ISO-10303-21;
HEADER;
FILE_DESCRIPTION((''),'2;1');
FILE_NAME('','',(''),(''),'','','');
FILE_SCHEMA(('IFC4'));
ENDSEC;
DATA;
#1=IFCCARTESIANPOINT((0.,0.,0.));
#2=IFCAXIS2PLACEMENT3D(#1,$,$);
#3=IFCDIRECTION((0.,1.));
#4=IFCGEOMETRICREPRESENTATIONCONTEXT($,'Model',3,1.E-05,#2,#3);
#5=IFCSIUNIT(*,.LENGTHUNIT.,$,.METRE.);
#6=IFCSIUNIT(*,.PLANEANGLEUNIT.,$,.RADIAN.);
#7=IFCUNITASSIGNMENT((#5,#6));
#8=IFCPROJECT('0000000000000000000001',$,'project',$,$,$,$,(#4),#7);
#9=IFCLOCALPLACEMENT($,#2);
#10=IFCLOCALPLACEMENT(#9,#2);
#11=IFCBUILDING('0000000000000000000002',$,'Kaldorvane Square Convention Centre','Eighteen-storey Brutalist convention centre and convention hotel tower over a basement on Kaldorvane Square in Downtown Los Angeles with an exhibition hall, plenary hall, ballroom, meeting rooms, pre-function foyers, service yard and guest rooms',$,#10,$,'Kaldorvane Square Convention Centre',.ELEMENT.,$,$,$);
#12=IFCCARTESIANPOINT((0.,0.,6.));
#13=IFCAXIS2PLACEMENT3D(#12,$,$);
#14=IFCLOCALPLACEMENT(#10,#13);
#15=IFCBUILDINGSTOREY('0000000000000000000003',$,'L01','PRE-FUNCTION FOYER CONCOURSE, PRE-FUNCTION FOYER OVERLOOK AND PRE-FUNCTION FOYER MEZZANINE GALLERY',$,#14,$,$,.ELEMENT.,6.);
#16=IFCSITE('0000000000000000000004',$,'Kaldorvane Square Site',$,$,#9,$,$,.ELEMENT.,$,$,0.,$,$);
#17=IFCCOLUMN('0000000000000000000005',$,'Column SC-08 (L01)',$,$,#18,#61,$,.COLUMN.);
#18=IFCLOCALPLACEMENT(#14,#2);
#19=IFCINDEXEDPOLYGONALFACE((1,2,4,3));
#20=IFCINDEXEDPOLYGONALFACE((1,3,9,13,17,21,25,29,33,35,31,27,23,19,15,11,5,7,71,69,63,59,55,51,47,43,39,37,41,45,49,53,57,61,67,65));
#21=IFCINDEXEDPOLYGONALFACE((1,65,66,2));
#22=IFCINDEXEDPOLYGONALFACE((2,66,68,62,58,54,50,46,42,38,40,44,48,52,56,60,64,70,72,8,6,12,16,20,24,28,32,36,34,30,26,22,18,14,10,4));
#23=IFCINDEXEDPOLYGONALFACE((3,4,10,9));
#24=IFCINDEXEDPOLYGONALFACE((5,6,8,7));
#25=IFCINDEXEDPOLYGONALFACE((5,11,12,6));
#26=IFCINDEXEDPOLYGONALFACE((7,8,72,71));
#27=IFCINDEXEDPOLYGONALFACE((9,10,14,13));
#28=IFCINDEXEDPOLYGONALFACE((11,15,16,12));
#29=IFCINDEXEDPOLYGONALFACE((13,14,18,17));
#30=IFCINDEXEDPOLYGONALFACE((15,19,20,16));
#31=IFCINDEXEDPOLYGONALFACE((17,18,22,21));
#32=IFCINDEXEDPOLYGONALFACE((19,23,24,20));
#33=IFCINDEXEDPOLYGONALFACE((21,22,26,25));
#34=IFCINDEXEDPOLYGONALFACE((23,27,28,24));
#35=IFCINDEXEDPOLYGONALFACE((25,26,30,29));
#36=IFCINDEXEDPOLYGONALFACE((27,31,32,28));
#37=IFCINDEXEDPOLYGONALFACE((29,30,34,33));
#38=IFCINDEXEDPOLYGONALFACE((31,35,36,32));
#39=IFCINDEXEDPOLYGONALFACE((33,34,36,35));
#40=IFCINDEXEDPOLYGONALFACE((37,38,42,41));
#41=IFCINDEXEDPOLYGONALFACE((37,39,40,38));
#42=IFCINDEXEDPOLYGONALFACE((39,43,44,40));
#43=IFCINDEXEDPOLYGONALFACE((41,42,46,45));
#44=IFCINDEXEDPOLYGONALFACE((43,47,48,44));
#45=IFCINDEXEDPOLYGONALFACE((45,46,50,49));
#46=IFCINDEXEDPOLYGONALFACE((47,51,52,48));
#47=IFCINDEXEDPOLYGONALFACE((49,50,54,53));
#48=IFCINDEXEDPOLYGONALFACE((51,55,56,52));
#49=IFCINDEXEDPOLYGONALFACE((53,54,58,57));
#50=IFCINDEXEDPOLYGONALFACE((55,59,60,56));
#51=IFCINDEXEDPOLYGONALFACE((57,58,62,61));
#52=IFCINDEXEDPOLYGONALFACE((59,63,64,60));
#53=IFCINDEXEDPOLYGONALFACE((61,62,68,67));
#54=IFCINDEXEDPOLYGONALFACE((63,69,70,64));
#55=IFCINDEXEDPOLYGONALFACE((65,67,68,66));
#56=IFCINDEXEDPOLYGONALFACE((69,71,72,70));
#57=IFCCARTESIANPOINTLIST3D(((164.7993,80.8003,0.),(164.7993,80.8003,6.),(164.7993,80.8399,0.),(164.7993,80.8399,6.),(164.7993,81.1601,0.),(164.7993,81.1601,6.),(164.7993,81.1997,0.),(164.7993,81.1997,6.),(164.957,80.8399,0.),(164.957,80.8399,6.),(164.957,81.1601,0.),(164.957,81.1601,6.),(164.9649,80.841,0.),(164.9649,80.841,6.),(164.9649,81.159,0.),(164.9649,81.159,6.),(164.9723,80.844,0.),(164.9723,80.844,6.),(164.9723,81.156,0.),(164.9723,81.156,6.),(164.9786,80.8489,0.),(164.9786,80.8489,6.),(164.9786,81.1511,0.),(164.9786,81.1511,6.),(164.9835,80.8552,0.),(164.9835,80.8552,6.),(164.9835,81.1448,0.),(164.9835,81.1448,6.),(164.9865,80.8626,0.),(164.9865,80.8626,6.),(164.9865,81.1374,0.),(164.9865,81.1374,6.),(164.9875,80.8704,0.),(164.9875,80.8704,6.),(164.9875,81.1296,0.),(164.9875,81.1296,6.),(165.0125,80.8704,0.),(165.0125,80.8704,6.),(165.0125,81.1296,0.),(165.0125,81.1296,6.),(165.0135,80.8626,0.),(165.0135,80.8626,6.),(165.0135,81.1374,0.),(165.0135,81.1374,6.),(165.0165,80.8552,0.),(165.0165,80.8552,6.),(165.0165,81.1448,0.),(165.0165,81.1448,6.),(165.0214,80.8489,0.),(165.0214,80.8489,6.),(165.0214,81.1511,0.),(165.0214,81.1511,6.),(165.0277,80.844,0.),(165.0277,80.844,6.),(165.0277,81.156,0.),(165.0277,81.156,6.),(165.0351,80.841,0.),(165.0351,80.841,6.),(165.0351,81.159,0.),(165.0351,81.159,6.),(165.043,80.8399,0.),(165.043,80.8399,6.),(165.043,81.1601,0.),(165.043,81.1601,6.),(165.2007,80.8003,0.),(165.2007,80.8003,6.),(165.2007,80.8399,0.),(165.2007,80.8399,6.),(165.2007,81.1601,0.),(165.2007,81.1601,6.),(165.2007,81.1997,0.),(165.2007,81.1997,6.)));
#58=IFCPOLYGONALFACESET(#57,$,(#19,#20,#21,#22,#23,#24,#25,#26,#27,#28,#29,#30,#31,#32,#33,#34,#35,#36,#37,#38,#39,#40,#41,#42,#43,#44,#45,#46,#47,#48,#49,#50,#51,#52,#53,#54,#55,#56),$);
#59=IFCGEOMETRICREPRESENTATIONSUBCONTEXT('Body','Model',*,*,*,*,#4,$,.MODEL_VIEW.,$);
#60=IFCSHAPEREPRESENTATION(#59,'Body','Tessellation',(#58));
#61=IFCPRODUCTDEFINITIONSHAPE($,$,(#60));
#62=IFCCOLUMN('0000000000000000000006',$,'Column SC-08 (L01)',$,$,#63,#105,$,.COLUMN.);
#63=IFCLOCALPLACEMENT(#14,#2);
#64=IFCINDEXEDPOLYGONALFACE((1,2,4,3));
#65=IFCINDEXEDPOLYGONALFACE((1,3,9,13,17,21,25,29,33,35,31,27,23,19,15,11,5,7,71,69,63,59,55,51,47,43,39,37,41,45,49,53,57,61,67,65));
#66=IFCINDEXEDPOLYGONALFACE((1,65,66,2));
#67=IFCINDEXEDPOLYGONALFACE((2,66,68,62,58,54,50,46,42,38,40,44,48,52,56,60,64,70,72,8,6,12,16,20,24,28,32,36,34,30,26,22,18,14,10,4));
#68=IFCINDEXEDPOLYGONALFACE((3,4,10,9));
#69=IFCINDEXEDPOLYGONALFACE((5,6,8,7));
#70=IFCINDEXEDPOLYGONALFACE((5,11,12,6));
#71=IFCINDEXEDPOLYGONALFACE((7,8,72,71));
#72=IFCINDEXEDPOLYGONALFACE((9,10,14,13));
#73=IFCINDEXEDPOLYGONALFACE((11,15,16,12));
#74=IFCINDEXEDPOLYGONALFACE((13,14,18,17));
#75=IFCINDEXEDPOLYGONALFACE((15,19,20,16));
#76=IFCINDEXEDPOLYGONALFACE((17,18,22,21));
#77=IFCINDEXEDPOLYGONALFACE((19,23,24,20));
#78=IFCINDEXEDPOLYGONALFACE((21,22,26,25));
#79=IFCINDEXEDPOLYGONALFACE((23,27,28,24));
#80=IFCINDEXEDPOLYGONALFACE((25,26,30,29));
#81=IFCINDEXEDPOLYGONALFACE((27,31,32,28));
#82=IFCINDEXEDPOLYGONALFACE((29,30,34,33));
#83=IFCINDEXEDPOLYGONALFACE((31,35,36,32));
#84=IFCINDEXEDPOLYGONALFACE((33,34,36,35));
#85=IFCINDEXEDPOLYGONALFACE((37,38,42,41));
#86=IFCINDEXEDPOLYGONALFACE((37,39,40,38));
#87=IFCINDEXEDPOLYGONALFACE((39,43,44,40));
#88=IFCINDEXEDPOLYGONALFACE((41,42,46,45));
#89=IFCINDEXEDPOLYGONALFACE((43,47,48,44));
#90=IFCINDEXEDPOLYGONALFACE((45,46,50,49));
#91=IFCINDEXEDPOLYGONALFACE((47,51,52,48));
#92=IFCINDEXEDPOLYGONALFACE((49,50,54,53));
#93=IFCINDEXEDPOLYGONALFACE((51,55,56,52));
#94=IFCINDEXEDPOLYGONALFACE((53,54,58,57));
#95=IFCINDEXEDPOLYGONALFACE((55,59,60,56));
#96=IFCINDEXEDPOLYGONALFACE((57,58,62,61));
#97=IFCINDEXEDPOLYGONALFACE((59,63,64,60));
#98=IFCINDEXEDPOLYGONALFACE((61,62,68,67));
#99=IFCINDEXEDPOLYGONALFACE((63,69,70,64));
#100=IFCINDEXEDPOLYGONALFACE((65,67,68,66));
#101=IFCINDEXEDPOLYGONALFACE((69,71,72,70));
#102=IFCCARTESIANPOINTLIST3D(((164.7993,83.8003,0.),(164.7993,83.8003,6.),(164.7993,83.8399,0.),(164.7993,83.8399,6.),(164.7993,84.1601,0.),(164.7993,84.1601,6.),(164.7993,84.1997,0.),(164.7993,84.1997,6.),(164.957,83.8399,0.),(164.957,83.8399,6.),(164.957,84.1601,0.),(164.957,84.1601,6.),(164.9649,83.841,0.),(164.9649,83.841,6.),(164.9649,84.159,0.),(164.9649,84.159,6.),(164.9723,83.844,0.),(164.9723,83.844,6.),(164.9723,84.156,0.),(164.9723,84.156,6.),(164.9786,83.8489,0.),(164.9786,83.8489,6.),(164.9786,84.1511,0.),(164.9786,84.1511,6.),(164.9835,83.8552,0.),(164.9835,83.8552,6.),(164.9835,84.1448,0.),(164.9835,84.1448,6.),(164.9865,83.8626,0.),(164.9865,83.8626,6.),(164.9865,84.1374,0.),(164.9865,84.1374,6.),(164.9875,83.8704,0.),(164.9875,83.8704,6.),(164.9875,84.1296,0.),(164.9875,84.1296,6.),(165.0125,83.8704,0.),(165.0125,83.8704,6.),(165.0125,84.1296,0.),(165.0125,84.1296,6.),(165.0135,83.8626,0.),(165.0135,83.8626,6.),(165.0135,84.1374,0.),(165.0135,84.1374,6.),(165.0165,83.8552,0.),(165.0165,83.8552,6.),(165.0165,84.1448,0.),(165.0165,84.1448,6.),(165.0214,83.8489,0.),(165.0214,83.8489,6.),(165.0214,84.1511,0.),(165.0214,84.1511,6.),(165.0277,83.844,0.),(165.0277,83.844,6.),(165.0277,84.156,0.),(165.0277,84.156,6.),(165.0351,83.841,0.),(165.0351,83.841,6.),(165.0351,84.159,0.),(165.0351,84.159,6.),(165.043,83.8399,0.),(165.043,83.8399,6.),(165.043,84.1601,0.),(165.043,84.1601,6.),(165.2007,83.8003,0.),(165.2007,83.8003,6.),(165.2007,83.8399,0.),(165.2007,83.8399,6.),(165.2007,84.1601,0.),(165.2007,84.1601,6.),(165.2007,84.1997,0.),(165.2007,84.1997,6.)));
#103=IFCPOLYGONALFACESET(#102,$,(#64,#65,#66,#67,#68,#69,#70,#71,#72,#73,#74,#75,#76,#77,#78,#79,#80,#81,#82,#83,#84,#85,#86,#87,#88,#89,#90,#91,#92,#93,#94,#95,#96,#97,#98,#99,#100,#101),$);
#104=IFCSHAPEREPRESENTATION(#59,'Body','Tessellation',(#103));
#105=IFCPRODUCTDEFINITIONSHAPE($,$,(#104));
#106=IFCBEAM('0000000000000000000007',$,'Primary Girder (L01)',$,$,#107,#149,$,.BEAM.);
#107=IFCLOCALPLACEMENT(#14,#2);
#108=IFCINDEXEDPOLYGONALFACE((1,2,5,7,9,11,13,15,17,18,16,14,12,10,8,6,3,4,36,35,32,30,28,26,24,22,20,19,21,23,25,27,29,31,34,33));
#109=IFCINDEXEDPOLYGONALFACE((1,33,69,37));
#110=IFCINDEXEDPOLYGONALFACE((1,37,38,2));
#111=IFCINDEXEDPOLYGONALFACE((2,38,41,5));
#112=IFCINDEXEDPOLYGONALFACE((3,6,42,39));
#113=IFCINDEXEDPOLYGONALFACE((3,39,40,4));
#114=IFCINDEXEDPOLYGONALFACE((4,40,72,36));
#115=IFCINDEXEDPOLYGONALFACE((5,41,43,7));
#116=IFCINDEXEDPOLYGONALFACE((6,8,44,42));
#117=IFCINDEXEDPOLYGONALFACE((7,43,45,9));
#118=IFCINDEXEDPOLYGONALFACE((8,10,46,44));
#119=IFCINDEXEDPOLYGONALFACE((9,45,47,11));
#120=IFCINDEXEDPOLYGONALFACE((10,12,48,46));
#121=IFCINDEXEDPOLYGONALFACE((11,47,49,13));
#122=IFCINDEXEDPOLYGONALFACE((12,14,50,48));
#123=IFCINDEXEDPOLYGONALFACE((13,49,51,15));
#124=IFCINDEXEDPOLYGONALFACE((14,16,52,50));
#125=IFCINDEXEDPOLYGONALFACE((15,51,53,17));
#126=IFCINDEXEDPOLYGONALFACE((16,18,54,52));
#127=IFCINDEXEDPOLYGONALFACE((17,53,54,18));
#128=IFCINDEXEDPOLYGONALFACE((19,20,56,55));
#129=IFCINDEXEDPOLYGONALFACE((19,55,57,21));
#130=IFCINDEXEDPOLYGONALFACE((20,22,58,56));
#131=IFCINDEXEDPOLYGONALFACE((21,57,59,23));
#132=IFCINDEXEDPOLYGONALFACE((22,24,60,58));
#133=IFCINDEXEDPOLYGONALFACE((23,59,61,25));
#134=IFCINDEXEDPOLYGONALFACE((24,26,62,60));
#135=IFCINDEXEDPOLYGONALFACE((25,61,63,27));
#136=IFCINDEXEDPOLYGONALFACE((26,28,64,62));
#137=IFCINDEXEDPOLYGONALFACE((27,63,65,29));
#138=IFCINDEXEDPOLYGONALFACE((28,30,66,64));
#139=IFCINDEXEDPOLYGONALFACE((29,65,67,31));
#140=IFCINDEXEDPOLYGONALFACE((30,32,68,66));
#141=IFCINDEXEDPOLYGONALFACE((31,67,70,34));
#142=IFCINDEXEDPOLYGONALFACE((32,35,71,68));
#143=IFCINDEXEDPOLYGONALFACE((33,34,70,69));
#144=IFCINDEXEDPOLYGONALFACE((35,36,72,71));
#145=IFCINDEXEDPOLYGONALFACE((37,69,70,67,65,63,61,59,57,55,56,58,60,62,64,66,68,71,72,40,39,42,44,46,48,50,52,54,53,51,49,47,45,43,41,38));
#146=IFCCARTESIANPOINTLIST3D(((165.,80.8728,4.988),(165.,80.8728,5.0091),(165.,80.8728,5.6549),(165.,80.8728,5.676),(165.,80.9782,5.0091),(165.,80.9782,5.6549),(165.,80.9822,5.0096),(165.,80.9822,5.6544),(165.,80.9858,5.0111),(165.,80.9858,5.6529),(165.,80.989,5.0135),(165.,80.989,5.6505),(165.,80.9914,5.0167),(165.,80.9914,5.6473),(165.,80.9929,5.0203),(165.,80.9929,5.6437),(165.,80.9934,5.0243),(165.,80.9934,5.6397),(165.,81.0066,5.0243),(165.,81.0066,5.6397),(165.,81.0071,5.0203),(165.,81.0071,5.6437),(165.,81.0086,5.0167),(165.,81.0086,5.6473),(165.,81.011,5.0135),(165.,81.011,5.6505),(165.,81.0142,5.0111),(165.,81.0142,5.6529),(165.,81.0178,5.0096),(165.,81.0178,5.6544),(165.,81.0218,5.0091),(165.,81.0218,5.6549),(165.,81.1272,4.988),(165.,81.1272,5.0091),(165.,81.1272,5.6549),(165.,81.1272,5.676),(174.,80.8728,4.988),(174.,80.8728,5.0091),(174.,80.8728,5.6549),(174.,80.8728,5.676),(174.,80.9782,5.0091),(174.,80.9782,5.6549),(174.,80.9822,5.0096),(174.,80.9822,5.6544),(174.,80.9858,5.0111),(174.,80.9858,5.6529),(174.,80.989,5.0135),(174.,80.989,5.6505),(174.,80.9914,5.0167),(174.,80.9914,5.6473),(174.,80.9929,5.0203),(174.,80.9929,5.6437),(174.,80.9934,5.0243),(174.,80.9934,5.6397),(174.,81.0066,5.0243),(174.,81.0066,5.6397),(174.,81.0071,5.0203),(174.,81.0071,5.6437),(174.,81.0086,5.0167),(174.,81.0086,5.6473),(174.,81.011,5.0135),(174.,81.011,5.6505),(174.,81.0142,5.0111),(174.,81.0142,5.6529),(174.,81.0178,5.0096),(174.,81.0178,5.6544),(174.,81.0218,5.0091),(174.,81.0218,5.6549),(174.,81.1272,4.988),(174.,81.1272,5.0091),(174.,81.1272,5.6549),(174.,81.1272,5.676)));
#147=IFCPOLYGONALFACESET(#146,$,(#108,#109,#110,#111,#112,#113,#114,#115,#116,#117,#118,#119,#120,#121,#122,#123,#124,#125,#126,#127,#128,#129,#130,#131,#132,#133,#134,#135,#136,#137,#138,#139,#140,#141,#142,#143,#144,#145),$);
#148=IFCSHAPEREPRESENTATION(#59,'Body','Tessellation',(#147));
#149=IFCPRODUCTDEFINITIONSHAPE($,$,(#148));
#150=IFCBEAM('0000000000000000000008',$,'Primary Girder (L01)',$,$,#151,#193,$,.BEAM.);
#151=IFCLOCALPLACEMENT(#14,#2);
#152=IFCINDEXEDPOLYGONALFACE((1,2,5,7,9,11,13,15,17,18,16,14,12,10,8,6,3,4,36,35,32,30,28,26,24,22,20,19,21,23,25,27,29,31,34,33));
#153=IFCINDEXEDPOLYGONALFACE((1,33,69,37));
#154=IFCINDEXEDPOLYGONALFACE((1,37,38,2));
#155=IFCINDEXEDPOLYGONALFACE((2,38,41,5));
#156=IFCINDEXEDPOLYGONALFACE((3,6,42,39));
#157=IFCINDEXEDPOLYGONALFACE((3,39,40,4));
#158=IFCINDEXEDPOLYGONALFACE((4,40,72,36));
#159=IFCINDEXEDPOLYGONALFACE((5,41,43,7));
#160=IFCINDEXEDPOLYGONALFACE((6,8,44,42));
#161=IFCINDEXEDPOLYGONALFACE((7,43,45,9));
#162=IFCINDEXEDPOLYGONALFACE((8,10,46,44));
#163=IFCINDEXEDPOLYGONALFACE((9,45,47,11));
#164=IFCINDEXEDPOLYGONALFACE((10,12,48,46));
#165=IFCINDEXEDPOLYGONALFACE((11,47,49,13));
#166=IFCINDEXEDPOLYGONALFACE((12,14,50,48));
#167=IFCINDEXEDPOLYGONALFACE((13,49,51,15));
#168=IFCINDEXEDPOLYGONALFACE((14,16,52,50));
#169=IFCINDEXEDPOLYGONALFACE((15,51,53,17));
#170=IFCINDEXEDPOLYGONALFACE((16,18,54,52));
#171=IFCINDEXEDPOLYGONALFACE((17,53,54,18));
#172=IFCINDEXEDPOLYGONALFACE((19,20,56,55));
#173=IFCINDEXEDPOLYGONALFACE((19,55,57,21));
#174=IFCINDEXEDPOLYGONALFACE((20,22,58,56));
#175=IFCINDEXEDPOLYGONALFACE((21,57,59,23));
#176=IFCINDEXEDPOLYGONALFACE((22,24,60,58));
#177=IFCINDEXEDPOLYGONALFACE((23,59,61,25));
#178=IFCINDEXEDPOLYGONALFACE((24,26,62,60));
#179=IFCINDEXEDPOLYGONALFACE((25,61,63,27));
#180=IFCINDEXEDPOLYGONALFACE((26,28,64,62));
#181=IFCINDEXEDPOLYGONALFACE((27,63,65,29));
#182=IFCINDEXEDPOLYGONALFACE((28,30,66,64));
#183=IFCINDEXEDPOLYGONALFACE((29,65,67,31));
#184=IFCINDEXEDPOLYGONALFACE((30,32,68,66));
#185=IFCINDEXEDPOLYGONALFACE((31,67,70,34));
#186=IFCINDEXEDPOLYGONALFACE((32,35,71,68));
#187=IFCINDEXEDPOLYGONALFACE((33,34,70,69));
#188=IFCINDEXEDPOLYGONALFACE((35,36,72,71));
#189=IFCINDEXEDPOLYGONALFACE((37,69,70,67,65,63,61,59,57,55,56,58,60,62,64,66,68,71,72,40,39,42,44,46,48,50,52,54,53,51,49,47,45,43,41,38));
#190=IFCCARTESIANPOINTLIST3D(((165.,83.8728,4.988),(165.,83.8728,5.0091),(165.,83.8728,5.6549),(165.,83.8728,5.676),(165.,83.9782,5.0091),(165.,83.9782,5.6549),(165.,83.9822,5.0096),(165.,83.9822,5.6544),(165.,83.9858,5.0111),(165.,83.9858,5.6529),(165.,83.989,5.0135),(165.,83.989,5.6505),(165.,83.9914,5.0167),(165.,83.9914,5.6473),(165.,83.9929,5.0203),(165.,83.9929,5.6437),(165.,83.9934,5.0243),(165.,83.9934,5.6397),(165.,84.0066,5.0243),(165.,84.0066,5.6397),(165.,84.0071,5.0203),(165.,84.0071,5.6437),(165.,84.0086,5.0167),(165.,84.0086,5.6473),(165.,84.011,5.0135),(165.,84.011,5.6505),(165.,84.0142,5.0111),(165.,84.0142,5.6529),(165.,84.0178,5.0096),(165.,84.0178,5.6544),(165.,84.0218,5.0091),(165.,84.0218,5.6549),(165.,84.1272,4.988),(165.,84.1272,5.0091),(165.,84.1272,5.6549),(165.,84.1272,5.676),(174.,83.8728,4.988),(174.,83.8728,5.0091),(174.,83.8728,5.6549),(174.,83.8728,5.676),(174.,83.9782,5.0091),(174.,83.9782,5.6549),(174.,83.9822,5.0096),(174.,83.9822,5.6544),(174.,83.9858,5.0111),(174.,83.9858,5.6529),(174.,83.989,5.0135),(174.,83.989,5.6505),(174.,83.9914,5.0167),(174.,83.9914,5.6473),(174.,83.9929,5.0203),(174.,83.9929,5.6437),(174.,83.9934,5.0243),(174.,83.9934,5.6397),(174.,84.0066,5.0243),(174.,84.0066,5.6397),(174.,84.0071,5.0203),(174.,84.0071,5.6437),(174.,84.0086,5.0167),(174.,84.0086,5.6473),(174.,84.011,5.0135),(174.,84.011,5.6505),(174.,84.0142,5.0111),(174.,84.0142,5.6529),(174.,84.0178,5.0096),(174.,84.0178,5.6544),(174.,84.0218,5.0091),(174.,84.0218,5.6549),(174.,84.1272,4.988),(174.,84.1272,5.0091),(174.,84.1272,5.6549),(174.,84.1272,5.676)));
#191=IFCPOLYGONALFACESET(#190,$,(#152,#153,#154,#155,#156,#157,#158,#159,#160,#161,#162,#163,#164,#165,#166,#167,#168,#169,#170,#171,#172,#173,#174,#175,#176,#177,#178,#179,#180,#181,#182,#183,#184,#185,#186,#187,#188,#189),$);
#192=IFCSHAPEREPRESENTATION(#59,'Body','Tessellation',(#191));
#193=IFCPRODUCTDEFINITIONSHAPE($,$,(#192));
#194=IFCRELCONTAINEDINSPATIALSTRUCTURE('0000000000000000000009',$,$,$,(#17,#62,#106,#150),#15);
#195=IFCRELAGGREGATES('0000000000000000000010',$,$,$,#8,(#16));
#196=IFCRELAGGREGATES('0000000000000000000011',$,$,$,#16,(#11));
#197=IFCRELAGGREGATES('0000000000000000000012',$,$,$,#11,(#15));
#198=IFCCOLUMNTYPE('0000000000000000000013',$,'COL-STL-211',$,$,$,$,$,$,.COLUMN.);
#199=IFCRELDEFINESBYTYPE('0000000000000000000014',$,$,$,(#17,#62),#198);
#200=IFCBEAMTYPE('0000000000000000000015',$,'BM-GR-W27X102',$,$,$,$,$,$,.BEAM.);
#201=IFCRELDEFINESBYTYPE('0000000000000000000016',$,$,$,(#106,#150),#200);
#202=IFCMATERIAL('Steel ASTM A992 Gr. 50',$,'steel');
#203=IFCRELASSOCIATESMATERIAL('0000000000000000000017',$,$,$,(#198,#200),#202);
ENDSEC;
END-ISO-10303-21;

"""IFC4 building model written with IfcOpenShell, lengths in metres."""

from ifc_helpers import new_model, si_unit, direction, frame, origin, origin_2d, place, context, subcontext, project, spatial, i_section, extrude, material, material_profile, profile_set, type_object, element, save


model = new_model("IFC4")

# Units and contexts
model_context = context("Model", 3, precision=1e-05, world=origin(), true_north=direction((0.0, 1.0)))
body_context = subcontext(model_context, "Body", "Model", "MODEL_VIEW")
ifc_project = project(units=[si_unit("LENGTHUNIT", "METRE"), si_unit("PLANEANGLEUNIT", "RADIAN")], contexts=[model_context])

# Site, building, storey
site_placement = place(None, origin())
site = spatial("IfcSite", under=ifc_project, at=site_placement, Name="Kaldorvane Square Site", CompositionType="ELEMENT", RefElevation=0.0)
building_placement = place(site_placement, origin())
building = spatial("IfcBuilding", under=site, at=building_placement, Name="Kaldorvane Square Convention Centre", Description="Eighteen-storey Brutalist convention centre and convention hotel tower over a basement on Kaldorvane Square in Downtown Los Angeles with an exhibition hall, plenary hall, ballroom, meeting rooms, pre-function foyers, service yard and guest rooms", LongName="Kaldorvane Square Convention Centre", CompositionType="ELEMENT")
storey_placement = place(building_placement, frame((0.0, 0.0, 6.0)))
storey = spatial("IfcBuildingStorey", under=building, at=storey_placement, Name="L01", Description="PRE-FUNCTION FOYER CONCOURSE, PRE-FUNCTION FOYER OVERLOOK AND PRE-FUNCTION FOYER MEZZANINE GALLERY", CompositionType="ELEMENT", Elevation=6.0)

# Columns
ifc_material_1 = material(Name="Steel ASTM A992 Gr. 50", Category="steel")
ifc_material_profile_1 = material_profile(ifc_material_1, i_section(OverallWidth=0.4013, OverallDepth=0.3993, WebThickness=0.0249, FlangeThickness=0.0396, FilletRadius=0.0305, at=origin_2d()), Name="W14X211")
ifc_profile_set_1 = profile_set([ifc_material_profile_1], Name="Steel ASTM A992 Gr. 50")
column_type = type_object("IfcColumnType", Name="COL-STL-211", PredefinedType="COLUMN", material=ifc_profile_set_1)
for number, where, z_axis, x_axis, name in (
    (1, (165.0, 81.0, 0.0), (0.0, 0.0, 1.0), (1.0, 0.0, 0.0), "Column SC-08 (L01)"),
    (2, (165.0, 84.0, 0.0), (0.0, 0.0, 1.0), (1.0, 0.0, 0.0), "Column SC-08 (L01)"),
):
    element("IfcColumn", number, at=place(storey_placement, frame(where, z_axis=z_axis, x_axis=x_axis)), inside=storey, type_object=column_type, Name=name, PredefinedType="COLUMN", context=body_context, shape_type="SweptSolid", body=[
        extrude(i_section(OverallWidth=0.4013, OverallDepth=0.3993, WebThickness=0.0249, FlangeThickness=0.0396, FilletRadius=0.0305, at=origin_2d()), origin(), (0.0, 0.0, 1.0), 6.0),
    ])

# Beams
ifc_material_profile_2 = material_profile(ifc_material_1, i_section(OverallWidth=0.2544, OverallDepth=0.6881, WebThickness=0.0131, FlangeThickness=0.0211, FilletRadius=0.0152, at=origin_2d()), Name="W27X102")
ifc_profile_set_2 = profile_set([ifc_material_profile_2], Name="Steel ASTM A992 Gr. 50")
beam_type_1 = type_object("IfcBeamType", Name="BM-GR-W27X102", PredefinedType="BEAM", material=ifc_profile_set_2)
for number, where, z_axis, x_axis, name in (
    (3, (165.0, 81.0, 5.332), (1.0, 0.0, 0.0), (0.0, 1.0, 0.0), "Primary Girder (L01)"),
    (4, (165.0, 84.0, 5.332), (1.0, 0.0, 0.0), (0.0, 1.0, 0.0), "Primary Girder (L01)"),
):
    element("IfcBeam", number, at=place(storey_placement, frame(where, z_axis=z_axis, x_axis=x_axis)), inside=storey, type_object=beam_type_1, Name=name, PredefinedType="BEAM", context=body_context, shape_type="SweptSolid", body=[
        extrude(i_section(OverallWidth=0.2544, OverallDepth=0.6881, WebThickness=0.0131, FlangeThickness=0.0211, FilletRadius=0.0152, at=origin_2d()), origin(), (0.0, 0.0, 1.0), 9.0),
    ])

save(model, "model.ifc")
